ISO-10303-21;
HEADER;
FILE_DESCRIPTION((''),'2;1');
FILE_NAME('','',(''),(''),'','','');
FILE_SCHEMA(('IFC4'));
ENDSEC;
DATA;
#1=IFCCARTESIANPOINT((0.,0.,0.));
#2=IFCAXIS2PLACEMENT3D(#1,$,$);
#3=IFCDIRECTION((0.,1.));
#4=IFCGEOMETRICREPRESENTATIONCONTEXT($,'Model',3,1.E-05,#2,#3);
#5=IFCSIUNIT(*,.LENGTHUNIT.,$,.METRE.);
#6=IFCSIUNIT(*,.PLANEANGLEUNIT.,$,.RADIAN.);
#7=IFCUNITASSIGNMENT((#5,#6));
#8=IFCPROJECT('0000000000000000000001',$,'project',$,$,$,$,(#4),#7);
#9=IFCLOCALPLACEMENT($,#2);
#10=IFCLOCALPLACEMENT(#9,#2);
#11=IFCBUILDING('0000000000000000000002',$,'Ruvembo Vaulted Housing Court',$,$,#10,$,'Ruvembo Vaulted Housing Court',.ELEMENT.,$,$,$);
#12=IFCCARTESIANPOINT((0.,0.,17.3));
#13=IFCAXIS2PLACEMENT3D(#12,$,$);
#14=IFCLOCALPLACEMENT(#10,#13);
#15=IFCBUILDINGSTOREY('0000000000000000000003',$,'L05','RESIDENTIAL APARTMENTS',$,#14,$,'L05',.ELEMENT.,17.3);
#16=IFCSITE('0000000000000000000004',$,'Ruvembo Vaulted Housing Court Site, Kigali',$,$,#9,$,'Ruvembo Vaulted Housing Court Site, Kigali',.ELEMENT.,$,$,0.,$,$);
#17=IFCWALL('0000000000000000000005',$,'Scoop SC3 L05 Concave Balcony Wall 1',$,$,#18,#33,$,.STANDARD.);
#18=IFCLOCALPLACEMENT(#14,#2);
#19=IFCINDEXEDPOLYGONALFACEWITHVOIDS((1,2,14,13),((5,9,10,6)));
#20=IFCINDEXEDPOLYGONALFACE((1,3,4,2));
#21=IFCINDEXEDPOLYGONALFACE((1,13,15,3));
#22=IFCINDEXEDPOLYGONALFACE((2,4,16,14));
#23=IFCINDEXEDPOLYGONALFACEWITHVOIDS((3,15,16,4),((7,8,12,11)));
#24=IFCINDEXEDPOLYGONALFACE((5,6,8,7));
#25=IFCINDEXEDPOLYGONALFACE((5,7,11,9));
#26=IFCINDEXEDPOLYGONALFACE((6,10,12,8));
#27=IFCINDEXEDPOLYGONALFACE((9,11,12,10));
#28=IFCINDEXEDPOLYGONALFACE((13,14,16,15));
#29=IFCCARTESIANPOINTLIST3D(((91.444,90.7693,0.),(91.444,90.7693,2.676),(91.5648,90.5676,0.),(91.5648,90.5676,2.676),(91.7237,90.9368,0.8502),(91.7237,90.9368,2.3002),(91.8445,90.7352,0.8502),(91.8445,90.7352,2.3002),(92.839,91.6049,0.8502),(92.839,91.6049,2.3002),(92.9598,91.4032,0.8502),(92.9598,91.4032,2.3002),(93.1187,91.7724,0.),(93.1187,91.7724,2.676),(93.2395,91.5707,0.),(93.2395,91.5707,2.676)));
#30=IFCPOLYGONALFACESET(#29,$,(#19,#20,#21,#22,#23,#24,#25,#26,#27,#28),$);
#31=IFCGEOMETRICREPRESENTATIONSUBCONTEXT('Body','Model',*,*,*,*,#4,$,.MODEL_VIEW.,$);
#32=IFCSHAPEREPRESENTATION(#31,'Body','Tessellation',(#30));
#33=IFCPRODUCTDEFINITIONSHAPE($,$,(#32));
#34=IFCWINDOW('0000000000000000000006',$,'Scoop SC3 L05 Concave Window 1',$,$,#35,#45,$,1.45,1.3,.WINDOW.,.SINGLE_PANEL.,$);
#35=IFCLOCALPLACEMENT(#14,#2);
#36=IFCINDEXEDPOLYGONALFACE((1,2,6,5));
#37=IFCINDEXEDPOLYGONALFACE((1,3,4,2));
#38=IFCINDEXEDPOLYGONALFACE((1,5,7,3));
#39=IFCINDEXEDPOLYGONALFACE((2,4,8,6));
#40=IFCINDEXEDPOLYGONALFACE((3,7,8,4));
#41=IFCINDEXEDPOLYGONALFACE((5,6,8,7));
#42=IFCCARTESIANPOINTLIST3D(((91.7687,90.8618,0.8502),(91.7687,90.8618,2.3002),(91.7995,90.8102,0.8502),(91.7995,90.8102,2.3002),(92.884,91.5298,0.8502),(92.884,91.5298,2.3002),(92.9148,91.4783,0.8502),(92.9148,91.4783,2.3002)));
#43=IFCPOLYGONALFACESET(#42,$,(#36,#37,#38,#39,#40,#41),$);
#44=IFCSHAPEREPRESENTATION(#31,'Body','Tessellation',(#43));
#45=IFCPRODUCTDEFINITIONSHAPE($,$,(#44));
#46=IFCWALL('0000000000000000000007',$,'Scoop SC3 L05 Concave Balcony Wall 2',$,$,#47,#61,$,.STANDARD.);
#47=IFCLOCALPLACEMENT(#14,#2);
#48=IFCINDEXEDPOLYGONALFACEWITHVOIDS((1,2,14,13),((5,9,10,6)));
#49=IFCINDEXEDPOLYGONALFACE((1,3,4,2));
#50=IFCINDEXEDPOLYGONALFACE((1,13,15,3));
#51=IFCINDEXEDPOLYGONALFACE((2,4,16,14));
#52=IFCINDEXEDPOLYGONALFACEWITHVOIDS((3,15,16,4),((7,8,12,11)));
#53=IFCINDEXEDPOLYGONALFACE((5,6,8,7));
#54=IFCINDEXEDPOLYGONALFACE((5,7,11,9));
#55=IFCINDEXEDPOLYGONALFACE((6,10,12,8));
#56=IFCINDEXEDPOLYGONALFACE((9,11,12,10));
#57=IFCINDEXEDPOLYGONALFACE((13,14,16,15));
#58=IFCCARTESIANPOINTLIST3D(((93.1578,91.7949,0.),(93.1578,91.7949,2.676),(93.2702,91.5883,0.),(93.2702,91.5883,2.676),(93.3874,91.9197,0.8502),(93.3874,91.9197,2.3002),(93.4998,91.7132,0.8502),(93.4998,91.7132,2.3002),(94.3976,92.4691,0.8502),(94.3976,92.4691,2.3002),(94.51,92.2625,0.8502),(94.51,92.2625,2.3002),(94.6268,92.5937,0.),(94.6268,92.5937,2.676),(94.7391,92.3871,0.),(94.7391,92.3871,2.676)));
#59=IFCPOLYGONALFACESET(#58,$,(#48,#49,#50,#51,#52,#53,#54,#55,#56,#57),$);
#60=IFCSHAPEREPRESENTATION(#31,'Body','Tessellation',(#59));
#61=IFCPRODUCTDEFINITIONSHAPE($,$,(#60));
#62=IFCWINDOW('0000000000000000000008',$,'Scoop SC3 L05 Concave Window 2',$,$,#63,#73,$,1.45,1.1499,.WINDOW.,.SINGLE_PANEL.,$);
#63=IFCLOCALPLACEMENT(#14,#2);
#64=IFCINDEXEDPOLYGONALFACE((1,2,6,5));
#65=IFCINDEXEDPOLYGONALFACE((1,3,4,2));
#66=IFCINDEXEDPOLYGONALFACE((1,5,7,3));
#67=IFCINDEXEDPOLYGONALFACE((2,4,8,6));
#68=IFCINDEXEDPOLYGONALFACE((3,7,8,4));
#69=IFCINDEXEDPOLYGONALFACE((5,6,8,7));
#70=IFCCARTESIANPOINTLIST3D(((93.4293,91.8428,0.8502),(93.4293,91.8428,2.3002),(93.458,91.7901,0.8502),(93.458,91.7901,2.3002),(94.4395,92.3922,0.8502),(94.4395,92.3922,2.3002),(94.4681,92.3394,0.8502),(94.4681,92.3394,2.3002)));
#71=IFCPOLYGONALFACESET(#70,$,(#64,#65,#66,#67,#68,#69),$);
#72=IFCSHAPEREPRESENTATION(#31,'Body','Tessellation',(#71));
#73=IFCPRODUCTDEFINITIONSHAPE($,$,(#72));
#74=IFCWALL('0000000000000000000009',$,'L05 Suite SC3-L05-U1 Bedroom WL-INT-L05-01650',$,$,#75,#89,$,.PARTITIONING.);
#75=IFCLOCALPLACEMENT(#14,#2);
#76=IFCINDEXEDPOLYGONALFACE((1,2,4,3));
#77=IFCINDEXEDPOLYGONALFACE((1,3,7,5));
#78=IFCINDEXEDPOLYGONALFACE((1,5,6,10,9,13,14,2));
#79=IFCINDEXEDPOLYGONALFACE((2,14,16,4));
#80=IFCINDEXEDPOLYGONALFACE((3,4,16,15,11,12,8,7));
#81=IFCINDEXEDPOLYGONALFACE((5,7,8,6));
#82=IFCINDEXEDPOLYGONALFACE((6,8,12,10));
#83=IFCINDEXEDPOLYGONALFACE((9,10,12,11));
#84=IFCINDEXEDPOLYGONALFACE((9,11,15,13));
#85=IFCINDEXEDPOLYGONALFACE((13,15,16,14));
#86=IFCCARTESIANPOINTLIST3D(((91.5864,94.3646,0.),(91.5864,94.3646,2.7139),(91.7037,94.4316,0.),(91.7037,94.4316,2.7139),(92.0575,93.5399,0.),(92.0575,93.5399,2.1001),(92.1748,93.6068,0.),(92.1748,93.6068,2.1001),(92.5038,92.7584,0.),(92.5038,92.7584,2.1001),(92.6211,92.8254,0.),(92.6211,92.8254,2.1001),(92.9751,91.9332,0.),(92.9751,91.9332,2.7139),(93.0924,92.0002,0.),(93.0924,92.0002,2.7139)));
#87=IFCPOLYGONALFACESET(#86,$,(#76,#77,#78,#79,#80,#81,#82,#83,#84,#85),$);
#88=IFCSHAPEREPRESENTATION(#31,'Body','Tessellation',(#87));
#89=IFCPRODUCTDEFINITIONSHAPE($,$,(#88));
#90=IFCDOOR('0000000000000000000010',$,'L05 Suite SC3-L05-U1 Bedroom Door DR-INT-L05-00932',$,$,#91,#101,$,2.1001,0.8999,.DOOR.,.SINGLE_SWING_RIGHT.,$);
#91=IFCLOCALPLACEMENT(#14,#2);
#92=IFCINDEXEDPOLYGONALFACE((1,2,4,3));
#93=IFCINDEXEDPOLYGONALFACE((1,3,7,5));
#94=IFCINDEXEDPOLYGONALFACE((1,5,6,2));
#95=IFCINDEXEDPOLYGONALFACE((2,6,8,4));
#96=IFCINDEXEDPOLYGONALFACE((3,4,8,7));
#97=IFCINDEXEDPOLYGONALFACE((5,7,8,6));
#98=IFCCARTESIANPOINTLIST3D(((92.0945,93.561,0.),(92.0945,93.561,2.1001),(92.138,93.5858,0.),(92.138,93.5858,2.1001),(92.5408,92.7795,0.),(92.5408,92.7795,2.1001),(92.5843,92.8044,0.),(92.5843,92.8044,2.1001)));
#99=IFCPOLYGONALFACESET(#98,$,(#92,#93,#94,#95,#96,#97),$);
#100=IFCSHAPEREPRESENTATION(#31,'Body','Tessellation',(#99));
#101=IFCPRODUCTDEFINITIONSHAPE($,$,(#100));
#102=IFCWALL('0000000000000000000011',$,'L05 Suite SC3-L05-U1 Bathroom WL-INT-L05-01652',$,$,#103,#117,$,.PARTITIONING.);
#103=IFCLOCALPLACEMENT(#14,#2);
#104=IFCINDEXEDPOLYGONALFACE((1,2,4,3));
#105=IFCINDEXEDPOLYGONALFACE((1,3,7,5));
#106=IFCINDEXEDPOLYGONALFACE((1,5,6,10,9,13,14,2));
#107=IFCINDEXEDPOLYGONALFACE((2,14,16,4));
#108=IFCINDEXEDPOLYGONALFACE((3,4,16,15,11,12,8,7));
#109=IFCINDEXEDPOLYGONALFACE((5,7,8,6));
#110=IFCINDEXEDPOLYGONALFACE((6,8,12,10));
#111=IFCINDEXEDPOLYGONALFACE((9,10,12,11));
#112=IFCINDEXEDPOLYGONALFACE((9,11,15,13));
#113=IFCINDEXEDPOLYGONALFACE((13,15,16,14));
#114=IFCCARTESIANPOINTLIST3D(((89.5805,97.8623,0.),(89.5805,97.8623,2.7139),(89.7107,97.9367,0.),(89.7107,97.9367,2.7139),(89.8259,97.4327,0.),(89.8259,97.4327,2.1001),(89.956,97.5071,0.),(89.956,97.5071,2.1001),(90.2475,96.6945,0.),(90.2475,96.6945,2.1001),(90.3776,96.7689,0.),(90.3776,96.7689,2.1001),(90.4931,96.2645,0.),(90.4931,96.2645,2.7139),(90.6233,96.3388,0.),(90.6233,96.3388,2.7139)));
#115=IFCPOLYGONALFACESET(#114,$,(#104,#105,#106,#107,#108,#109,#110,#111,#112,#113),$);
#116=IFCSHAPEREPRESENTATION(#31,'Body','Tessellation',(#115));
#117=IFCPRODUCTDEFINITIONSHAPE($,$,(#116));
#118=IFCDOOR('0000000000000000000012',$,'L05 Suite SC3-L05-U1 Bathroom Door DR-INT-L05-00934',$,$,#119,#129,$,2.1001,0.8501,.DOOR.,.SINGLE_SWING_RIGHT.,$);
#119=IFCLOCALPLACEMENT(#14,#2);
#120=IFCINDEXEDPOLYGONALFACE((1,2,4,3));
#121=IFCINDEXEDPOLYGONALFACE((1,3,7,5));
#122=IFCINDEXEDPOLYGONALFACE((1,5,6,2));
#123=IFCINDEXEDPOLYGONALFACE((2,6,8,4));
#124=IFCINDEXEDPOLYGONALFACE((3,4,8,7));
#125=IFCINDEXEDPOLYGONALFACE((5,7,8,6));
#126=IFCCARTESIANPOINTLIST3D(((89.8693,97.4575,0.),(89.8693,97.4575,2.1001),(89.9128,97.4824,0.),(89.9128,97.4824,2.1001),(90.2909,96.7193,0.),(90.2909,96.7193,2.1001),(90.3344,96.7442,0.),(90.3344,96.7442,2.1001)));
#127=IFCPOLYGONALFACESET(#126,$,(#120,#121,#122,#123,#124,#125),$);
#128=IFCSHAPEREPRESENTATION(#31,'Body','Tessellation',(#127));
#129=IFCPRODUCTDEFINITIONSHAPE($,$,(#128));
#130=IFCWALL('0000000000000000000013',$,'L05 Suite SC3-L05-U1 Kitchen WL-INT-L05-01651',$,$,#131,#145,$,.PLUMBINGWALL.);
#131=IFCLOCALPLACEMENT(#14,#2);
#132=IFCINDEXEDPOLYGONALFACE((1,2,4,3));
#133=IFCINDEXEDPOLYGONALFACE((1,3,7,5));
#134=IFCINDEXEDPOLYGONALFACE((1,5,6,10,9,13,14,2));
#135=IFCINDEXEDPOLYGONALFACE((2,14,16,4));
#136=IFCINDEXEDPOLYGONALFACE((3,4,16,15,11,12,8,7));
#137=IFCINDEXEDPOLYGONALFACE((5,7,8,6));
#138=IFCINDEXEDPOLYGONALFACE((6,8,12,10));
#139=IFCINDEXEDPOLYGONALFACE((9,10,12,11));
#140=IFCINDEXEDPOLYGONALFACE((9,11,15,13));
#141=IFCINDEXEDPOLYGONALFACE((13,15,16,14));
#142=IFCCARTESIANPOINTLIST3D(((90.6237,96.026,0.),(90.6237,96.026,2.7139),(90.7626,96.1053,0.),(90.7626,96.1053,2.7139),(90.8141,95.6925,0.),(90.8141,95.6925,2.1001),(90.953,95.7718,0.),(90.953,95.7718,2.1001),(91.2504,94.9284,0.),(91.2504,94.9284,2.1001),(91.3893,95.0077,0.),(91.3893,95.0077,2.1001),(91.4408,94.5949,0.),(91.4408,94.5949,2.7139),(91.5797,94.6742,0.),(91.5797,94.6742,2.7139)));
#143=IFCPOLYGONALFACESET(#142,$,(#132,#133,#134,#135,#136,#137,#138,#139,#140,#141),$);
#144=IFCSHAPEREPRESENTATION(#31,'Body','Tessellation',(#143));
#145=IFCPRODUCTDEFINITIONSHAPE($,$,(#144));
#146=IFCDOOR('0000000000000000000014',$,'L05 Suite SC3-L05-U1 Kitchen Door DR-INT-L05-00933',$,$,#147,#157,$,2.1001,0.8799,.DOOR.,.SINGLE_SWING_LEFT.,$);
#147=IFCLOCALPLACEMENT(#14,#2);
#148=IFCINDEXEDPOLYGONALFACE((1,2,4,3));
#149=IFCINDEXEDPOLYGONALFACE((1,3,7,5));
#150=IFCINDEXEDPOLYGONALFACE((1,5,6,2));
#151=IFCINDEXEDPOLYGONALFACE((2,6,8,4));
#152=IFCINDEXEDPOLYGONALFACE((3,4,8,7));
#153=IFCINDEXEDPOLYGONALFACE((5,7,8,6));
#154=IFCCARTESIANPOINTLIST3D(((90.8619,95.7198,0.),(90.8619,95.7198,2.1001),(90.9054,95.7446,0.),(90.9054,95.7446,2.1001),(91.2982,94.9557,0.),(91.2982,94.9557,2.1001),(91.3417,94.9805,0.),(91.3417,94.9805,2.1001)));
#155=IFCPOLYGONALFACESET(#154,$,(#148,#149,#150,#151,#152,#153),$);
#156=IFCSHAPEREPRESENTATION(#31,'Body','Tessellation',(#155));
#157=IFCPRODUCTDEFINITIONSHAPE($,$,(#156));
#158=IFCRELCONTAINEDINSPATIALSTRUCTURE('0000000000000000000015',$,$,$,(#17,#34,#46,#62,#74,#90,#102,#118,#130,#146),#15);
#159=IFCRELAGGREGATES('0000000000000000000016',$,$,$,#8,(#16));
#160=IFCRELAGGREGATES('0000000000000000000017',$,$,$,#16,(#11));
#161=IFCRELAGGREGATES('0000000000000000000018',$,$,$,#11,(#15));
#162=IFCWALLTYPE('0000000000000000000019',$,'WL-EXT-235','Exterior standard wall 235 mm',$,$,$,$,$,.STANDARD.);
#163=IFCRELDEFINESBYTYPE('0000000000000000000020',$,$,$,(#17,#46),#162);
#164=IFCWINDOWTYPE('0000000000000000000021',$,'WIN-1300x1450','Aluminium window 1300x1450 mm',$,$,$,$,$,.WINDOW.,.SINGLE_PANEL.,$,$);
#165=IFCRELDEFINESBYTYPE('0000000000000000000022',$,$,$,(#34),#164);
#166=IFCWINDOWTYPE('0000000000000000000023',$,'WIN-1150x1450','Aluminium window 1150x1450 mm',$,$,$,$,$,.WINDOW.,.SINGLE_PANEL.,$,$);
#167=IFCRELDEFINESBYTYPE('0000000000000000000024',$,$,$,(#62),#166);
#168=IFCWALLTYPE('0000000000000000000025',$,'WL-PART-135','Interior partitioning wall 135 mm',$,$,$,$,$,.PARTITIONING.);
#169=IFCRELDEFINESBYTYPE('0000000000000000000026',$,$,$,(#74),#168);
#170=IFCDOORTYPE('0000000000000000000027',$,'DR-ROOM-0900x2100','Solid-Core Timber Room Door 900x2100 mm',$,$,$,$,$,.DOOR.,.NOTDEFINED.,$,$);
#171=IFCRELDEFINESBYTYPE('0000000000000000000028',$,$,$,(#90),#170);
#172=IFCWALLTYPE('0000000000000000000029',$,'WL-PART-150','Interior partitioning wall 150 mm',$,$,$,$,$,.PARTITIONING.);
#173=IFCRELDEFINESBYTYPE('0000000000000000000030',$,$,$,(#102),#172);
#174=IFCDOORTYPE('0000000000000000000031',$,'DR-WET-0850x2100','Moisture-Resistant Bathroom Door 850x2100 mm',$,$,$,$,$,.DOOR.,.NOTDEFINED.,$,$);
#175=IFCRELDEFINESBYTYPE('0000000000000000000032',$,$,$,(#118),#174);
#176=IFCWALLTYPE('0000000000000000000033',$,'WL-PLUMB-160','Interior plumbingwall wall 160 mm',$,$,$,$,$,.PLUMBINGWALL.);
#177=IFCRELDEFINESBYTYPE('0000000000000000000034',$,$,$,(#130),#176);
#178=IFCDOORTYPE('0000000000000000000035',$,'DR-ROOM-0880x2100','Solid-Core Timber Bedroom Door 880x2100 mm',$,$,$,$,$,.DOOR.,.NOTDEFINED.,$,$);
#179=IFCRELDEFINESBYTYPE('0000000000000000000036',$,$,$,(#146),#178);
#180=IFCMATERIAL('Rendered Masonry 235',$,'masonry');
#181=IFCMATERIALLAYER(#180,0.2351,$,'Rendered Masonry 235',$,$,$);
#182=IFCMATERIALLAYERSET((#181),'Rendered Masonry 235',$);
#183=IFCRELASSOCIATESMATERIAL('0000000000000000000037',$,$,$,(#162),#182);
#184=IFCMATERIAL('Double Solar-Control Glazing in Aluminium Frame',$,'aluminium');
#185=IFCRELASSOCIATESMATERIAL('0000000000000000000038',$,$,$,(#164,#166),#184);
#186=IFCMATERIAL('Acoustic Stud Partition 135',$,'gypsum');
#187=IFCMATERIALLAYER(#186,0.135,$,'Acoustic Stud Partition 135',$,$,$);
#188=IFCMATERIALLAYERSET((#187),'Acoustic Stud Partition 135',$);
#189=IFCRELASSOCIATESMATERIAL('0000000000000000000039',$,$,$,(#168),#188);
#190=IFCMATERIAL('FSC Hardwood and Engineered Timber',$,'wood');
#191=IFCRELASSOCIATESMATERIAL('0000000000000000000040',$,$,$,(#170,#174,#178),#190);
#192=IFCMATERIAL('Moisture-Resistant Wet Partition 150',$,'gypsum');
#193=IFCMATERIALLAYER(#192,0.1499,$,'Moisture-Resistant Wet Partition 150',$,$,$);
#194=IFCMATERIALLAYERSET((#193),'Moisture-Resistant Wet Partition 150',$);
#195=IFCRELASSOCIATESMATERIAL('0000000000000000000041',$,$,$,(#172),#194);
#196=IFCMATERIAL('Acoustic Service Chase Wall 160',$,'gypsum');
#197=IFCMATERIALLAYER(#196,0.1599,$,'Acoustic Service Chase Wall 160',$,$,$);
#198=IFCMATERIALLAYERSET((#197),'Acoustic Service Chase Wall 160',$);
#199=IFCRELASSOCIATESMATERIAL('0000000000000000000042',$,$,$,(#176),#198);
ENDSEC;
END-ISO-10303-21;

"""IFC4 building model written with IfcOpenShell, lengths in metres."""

from ifc_helpers import new_model, si_unit, direction, frame, frame_2d, origin, place, context, subcontext, project, spatial, rectangle, extrude, material, layer, layer_set, type_object, element, fill, save


model = new_model("IFC4")

# Units and contexts
model_context = context("Model", 3, precision=1e-05, world=origin(), true_north=direction((0.0, 1.0)))
body_context = subcontext(model_context, "Body", "Model", "MODEL_VIEW")
ifc_project = project(units=[si_unit("LENGTHUNIT", "METRE"), si_unit("PLANEANGLEUNIT", "RADIAN")], contexts=[model_context])

# Site, building, storey
site_placement = place(None, origin())
site = spatial("IfcSite", under=ifc_project, at=site_placement, Name="Ruvembo Vaulted Housing Court Site, Kigali", LongName="Ruvembo Vaulted Housing Court Site, Kigali", CompositionType="ELEMENT", RefElevation=0.0)
building_placement = place(site_placement, origin())
building = spatial("IfcBuilding", under=site, at=building_placement, Name="Ruvembo Vaulted Housing Court", LongName="Ruvembo Vaulted Housing Court", CompositionType="ELEMENT")
storey_placement = place(building_placement, frame((0.0, 0.0, 17.3)))
storey = spatial("IfcBuildingStorey", under=building, at=storey_placement, Name="L05", Description="RESIDENTIAL APARTMENTS", LongName="L05", CompositionType="ELEMENT", Elevation=17.3)

# Walls, openings, windows
ifc_material_1 = material(Name="Rendered Masonry 235", Category="masonry")
ifc_layer_1 = layer(ifc_material_1, 0.2351, Name="Rendered Masonry 235")
ifc_layer_set_1 = layer_set([ifc_layer_1], Name="Rendered Masonry 235")
wall_type_1 = type_object("IfcWallType", Name="WL-EXT-235", Description="Exterior standard wall 235 mm", PredefinedType="STANDARD", material=ifc_layer_set_1)
ifc_material_2 = material(Name="Double Solar-Control Glazing in Aluminium Frame", Category="aluminium")
wall_1_placement = place(storey_placement, frame((91.5044, 90.6685, 0.0), z_axis=(0.0, 0.0, 1.0), x_axis=(0.857879, 0.513852, 0.0)))
wall_1 = element("IfcWall", 1, at=wall_1_placement, inside=storey, type_object=wall_type_1, Name="Scoop SC3 L05 Concave Balcony Wall 1", PredefinedType="STANDARD", context=body_context, shape_type="SweptSolid", body=[
    extrude(rectangle(XDim=1.9521, YDim=0.2351, at=frame_2d((0.9761, 0.0))), origin(), (0.0, 0.0, 1.0), 2.676),
])
opening_1_placement = place(wall_1_placement, frame((0.3262, 0.0, 0.8501)))
opening_1 = element("IfcOpeningElement", 2, at=opening_1_placement, cuts=wall_1, PredefinedType="OPENING", context=body_context, shape_type="SweptSolid", body=[
    extrude(rectangle(XDim=1.3, YDim=1.45, at=frame_2d((0.6499, 0.7251))), frame((0.0, 0.1274, 0.0), z_axis=(0.0, -1.0, 0.0), x_axis=(1.0, 0.0, 0.0)), (0.0, 0.0, 1.0), 0.2551),
])
window_type_1 = type_object("IfcWindowType", Name="WIN-1300x1450", Description="Aluminium window 1300x1450 mm", PartitioningType="SINGLE_PANEL", PredefinedType="WINDOW", material=ifc_material_2)
window_1_placement = place(opening_1_placement, origin())
window_1 = element("IfcWindow", 3, at=window_1_placement, inside=storey, type_object=window_type_1, Name="Scoop SC3 L05 Concave Window 1", OverallHeight=1.45, OverallWidth=1.3, PartitioningType="SINGLE_PANEL", PredefinedType="WINDOW", context=body_context, shape_type="SweptSolid", body=[
    extrude(rectangle(XDim=1.3, YDim=1.45, at=frame_2d((0.6499, 0.7251))), frame((0.0, 0.03, 0.0), z_axis=(0.0, -1.0, 0.0), x_axis=(1.0, 0.0, 0.0)), (0.0, 0.0, 1.0), 0.0601),
])
fill(opening_1, window_1)
wall_2_placement = place(storey_placement, frame((93.2141, 91.6917, 0.0), z_axis=(0.0, 0.0, 1.0), x_axis=(0.878509, 0.477726, 0.0)))
wall_2 = element("IfcWall", 4, at=wall_2_placement, inside=storey, type_object=wall_type_1, Name="Scoop SC3 L05 Concave Balcony Wall 2", PredefinedType="STANDARD", context=body_context, shape_type="SweptSolid", body=[
    extrude(rectangle(XDim=1.6721, YDim=0.2351, at=frame_2d((0.8359, 0.0))), origin(), (0.0, 0.0, 1.0), 2.676),
])
opening_2_placement = place(wall_2_placement, frame((0.2612, 0.0, 0.8501)))
opening_2 = element("IfcOpeningElement", 5, at=opening_2_placement, cuts=wall_2, PredefinedType="OPENING", context=body_context, shape_type="SweptSolid", body=[
    extrude(rectangle(XDim=1.1499, YDim=1.45, at=frame_2d((0.575, 0.7251))), frame((0.0, 0.1274, 0.0), z_axis=(0.0, -1.0, 0.0), x_axis=(1.0, 0.0, 0.0)), (0.0, 0.0, 1.0), 0.2551),
])
window_type_2 = type_object("IfcWindowType", Name="WIN-1150x1450", Description="Aluminium window 1150x1450 mm", PartitioningType="SINGLE_PANEL", PredefinedType="WINDOW", material=ifc_material_2)
window_2_placement = place(opening_2_placement, origin())
window_2 = element("IfcWindow", 6, at=window_2_placement, inside=storey, type_object=window_type_2, Name="Scoop SC3 L05 Concave Window 2", OverallHeight=1.45, OverallWidth=1.1499, PartitioningType="SINGLE_PANEL", PredefinedType="WINDOW", context=body_context, shape_type="SweptSolid", body=[
    extrude(rectangle(XDim=1.1499, YDim=1.45, at=frame_2d((0.575, 0.7251))), frame((0.0, 0.03, 0.0), z_axis=(0.0, -1.0, 0.0), x_axis=(1.0, 0.0, 0.0)), (0.0, 0.0, 1.0), 0.0601),
])
fill(opening_2, window_2)

# Walls, openings, doors
ifc_material_3 = material(Name="Acoustic Stud Partition 135", Category="gypsum")
ifc_layer_2 = layer(ifc_material_3, 0.135, Name="Acoustic Stud Partition 135")
ifc_layer_set_2 = layer_set([ifc_layer_2], Name="Acoustic Stud Partition 135")
wall_type_2 = type_object("IfcWallType", Name="WL-PART-135", Description="Interior partitioning wall 135 mm", PredefinedType="PARTITIONING", material=ifc_layer_set_2)
wall_3_placement = place(storey_placement, frame((93.0337, 91.9668, 0.0), z_axis=(0.0, 0.0, 1.0), x_axis=(-0.495951, 0.86835, 0.0)))
wall_3 = element("IfcWall", 7, at=wall_3_placement, inside=storey, type_object=wall_type_2, Name="L05 Suite SC3-L05-U1 Bedroom WL-INT-L05-01650", PredefinedType="PARTITIONING", context=body_context, shape_type="SweptSolid", body=[
    extrude(rectangle(XDim=2.8, YDim=0.135, at=frame_2d((1.3999, 0.0))), origin(), (0.0, 0.0, 1.0), 2.7139),
])
opening_3_placement = place(wall_3_placement, frame((0.9502, 0.0, 0.0)))
opening_3 = element("IfcOpeningElement", 8, at=opening_3_placement, cuts=wall_3, PredefinedType="OPENING", context=body_context, shape_type="SweptSolid", body=[
    extrude(rectangle(XDim=0.8999, YDim=2.1001, at=frame_2d((0.45, 1.05))), frame((0.0, 0.0774, 0.0), z_axis=(0.0, -1.0, 0.0), x_axis=(1.0, 0.0, 0.0)), (0.0, 0.0, 1.0), 0.155),
])
ifc_material_4 = material(Name="FSC Hardwood and Engineered Timber", Category="wood")
door_type_1 = type_object("IfcDoorType", Name="DR-ROOM-0900x2100", Description="Solid-Core Timber Room Door 900x2100 mm", OperationType="NOTDEFINED", PredefinedType="DOOR", material=ifc_material_4)
door_1_placement = place(opening_3_placement, origin())
door_1 = element("IfcDoor", 9, at=door_1_placement, inside=storey, type_object=door_type_1, Name="L05 Suite SC3-L05-U1 Bedroom Door DR-INT-L05-00932", OperationType="SINGLE_SWING_RIGHT", OverallHeight=2.1001, OverallWidth=0.8999, PredefinedType="DOOR", context=body_context, shape_type="SweptSolid", body=[
    extrude(rectangle(XDim=0.8999, YDim=2.1001, at=frame_2d((0.45, 1.05))), frame((0.0, 0.0249, 0.0), z_axis=(0.0, -1.0, 0.0), x_axis=(1.0, 0.0, 0.0)), (0.0, 0.0, 1.0), 0.05),
])
fill(opening_3, door_1)
ifc_material_5 = material(Name="Moisture-Resistant Wet Partition 150", Category="gypsum")
ifc_layer_3 = layer(ifc_material_5, 0.1499, Name="Moisture-Resistant Wet Partition 150")
ifc_layer_set_3 = layer_set([ifc_layer_3], Name="Moisture-Resistant Wet Partition 150")
wall_type_3 = type_object("IfcWallType", Name="WL-PART-150", Description="Interior partitioning wall 150 mm", PredefinedType="PARTITIONING", material=ifc_layer_set_3)
wall_4_placement = place(storey_placement, frame((90.5581, 96.3018, 0.0), z_axis=(0.0, 0.0, 1.0), x_axis=(-0.495939, 0.868357, 0.0)))
wall_4 = element("IfcWall", 10, at=wall_4_placement, inside=storey, type_object=wall_type_3, Name="L05 Suite SC3-L05-U1 Bathroom WL-INT-L05-01652", PredefinedType="PARTITIONING", context=body_context, shape_type="SweptSolid", body=[
    extrude(rectangle(XDim=1.8401, YDim=0.1499, at=frame_2d((0.9199, 0.0))), origin(), (0.0, 0.0, 1.0), 2.7139),
])
opening_4_placement = place(wall_4_placement, frame((0.4951, 0.0, 0.0)))
opening_4 = element("IfcOpeningElement", 11, at=opening_4_placement, cuts=wall_4, PredefinedType="OPENING", context=body_context, shape_type="SweptSolid", body=[
    extrude(rectangle(XDim=0.8501, YDim=2.1001, at=frame_2d((0.425, 1.05))), frame((0.0, 0.085, 0.0), z_axis=(0.0, -1.0, 0.0), x_axis=(1.0, 0.0, 0.0)), (0.0, 0.0, 1.0), 0.1699),
])
door_type_2 = type_object("IfcDoorType", Name="DR-WET-0850x2100", Description="Moisture-Resistant Bathroom Door 850x2100 mm", OperationType="NOTDEFINED", PredefinedType="DOOR", material=ifc_material_4)
door_2_placement = place(opening_4_placement, origin())
door_2 = element("IfcDoor", 12, at=door_2_placement, inside=storey, type_object=door_type_2, Name="L05 Suite SC3-L05-U1 Bathroom Door DR-INT-L05-00934", OperationType="SINGLE_SWING_RIGHT", OverallHeight=2.1001, OverallWidth=0.8501, PredefinedType="DOOR", context=body_context, shape_type="SweptSolid", body=[
    extrude(rectangle(XDim=0.8501, YDim=2.1001, at=frame_2d((0.425, 1.05))), frame((0.0, 0.0249, 0.0), z_axis=(0.0, -1.0, 0.0), x_axis=(1.0, 0.0, 0.0)), (0.0, 0.0, 1.0), 0.05),
])
fill(opening_4, door_2)
ifc_material_6 = material(Name="Acoustic Service Chase Wall 160", Category="gypsum")
ifc_layer_4 = layer(ifc_material_6, 0.1599, Name="Acoustic Service Chase Wall 160")
ifc_layer_set_4 = layer_set([ifc_layer_4], Name="Acoustic Service Chase Wall 160")
wall_type_4 = type_object("IfcWallType", Name="WL-PLUMB-160", Description="Interior plumbingwall wall 160 mm", PredefinedType="PLUMBINGWALL", material=ifc_layer_set_4)
wall_5_placement = place(storey_placement, frame((91.5103, 94.6345, 0.0), z_axis=(0.0, 0.0, 1.0), x_axis=(-0.495836, 0.868416, 0.0)))
wall_5 = element("IfcWall", 13, at=wall_5_placement, inside=storey, type_object=wall_type_4, Name="L05 Suite SC3-L05-U1 Kitchen WL-INT-L05-01651", PredefinedType="PLUMBINGWALL", context=body_context, shape_type="SweptSolid", body=[
    extrude(rectangle(XDim=1.6479, YDim=0.1599, at=frame_2d((0.824, 0.0))), origin(), (0.0, 0.0, 1.0), 2.7139),
])
opening_5_placement = place(wall_5_placement, frame((0.384, 0.0, 0.0)))
opening_5 = element("IfcOpeningElement", 14, at=opening_5_placement, cuts=wall_5, PredefinedType="OPENING", context=body_context, shape_type="SweptSolid", body=[
    extrude(rectangle(XDim=0.8799, YDim=2.1001, at=frame_2d((0.4399, 1.05))), frame((0.0, 0.0898, 0.0), z_axis=(0.0, -1.0, 0.0), x_axis=(1.0, 0.0, 0.0)), (0.0, 0.0, 1.0), 0.1799),
])
door_type_3 = type_object("IfcDoorType", Name="DR-ROOM-0880x2100", Description="Solid-Core Timber Bedroom Door 880x2100 mm", OperationType="NOTDEFINED", PredefinedType="DOOR", material=ifc_material_4)
door_3_placement = place(opening_5_placement, origin())
door_3 = element("IfcDoor", 15, at=door_3_placement, inside=storey, type_object=door_type_3, Name="L05 Suite SC3-L05-U1 Kitchen Door DR-INT-L05-00933", OperationType="SINGLE_SWING_LEFT", OverallHeight=2.1001, OverallWidth=0.8799, PredefinedType="DOOR", context=body_context, shape_type="SweptSolid", body=[
    extrude(rectangle(XDim=0.8799, YDim=2.1001, at=frame_2d((0.4399, 1.05))), frame((0.0, 0.0249, 0.0), z_axis=(0.0, -1.0, 0.0), x_axis=(1.0, 0.0, 0.0)), (0.0, 0.0, 1.0), 0.05),
])
fill(opening_5, door_3)

save(model, "model.ifc")
